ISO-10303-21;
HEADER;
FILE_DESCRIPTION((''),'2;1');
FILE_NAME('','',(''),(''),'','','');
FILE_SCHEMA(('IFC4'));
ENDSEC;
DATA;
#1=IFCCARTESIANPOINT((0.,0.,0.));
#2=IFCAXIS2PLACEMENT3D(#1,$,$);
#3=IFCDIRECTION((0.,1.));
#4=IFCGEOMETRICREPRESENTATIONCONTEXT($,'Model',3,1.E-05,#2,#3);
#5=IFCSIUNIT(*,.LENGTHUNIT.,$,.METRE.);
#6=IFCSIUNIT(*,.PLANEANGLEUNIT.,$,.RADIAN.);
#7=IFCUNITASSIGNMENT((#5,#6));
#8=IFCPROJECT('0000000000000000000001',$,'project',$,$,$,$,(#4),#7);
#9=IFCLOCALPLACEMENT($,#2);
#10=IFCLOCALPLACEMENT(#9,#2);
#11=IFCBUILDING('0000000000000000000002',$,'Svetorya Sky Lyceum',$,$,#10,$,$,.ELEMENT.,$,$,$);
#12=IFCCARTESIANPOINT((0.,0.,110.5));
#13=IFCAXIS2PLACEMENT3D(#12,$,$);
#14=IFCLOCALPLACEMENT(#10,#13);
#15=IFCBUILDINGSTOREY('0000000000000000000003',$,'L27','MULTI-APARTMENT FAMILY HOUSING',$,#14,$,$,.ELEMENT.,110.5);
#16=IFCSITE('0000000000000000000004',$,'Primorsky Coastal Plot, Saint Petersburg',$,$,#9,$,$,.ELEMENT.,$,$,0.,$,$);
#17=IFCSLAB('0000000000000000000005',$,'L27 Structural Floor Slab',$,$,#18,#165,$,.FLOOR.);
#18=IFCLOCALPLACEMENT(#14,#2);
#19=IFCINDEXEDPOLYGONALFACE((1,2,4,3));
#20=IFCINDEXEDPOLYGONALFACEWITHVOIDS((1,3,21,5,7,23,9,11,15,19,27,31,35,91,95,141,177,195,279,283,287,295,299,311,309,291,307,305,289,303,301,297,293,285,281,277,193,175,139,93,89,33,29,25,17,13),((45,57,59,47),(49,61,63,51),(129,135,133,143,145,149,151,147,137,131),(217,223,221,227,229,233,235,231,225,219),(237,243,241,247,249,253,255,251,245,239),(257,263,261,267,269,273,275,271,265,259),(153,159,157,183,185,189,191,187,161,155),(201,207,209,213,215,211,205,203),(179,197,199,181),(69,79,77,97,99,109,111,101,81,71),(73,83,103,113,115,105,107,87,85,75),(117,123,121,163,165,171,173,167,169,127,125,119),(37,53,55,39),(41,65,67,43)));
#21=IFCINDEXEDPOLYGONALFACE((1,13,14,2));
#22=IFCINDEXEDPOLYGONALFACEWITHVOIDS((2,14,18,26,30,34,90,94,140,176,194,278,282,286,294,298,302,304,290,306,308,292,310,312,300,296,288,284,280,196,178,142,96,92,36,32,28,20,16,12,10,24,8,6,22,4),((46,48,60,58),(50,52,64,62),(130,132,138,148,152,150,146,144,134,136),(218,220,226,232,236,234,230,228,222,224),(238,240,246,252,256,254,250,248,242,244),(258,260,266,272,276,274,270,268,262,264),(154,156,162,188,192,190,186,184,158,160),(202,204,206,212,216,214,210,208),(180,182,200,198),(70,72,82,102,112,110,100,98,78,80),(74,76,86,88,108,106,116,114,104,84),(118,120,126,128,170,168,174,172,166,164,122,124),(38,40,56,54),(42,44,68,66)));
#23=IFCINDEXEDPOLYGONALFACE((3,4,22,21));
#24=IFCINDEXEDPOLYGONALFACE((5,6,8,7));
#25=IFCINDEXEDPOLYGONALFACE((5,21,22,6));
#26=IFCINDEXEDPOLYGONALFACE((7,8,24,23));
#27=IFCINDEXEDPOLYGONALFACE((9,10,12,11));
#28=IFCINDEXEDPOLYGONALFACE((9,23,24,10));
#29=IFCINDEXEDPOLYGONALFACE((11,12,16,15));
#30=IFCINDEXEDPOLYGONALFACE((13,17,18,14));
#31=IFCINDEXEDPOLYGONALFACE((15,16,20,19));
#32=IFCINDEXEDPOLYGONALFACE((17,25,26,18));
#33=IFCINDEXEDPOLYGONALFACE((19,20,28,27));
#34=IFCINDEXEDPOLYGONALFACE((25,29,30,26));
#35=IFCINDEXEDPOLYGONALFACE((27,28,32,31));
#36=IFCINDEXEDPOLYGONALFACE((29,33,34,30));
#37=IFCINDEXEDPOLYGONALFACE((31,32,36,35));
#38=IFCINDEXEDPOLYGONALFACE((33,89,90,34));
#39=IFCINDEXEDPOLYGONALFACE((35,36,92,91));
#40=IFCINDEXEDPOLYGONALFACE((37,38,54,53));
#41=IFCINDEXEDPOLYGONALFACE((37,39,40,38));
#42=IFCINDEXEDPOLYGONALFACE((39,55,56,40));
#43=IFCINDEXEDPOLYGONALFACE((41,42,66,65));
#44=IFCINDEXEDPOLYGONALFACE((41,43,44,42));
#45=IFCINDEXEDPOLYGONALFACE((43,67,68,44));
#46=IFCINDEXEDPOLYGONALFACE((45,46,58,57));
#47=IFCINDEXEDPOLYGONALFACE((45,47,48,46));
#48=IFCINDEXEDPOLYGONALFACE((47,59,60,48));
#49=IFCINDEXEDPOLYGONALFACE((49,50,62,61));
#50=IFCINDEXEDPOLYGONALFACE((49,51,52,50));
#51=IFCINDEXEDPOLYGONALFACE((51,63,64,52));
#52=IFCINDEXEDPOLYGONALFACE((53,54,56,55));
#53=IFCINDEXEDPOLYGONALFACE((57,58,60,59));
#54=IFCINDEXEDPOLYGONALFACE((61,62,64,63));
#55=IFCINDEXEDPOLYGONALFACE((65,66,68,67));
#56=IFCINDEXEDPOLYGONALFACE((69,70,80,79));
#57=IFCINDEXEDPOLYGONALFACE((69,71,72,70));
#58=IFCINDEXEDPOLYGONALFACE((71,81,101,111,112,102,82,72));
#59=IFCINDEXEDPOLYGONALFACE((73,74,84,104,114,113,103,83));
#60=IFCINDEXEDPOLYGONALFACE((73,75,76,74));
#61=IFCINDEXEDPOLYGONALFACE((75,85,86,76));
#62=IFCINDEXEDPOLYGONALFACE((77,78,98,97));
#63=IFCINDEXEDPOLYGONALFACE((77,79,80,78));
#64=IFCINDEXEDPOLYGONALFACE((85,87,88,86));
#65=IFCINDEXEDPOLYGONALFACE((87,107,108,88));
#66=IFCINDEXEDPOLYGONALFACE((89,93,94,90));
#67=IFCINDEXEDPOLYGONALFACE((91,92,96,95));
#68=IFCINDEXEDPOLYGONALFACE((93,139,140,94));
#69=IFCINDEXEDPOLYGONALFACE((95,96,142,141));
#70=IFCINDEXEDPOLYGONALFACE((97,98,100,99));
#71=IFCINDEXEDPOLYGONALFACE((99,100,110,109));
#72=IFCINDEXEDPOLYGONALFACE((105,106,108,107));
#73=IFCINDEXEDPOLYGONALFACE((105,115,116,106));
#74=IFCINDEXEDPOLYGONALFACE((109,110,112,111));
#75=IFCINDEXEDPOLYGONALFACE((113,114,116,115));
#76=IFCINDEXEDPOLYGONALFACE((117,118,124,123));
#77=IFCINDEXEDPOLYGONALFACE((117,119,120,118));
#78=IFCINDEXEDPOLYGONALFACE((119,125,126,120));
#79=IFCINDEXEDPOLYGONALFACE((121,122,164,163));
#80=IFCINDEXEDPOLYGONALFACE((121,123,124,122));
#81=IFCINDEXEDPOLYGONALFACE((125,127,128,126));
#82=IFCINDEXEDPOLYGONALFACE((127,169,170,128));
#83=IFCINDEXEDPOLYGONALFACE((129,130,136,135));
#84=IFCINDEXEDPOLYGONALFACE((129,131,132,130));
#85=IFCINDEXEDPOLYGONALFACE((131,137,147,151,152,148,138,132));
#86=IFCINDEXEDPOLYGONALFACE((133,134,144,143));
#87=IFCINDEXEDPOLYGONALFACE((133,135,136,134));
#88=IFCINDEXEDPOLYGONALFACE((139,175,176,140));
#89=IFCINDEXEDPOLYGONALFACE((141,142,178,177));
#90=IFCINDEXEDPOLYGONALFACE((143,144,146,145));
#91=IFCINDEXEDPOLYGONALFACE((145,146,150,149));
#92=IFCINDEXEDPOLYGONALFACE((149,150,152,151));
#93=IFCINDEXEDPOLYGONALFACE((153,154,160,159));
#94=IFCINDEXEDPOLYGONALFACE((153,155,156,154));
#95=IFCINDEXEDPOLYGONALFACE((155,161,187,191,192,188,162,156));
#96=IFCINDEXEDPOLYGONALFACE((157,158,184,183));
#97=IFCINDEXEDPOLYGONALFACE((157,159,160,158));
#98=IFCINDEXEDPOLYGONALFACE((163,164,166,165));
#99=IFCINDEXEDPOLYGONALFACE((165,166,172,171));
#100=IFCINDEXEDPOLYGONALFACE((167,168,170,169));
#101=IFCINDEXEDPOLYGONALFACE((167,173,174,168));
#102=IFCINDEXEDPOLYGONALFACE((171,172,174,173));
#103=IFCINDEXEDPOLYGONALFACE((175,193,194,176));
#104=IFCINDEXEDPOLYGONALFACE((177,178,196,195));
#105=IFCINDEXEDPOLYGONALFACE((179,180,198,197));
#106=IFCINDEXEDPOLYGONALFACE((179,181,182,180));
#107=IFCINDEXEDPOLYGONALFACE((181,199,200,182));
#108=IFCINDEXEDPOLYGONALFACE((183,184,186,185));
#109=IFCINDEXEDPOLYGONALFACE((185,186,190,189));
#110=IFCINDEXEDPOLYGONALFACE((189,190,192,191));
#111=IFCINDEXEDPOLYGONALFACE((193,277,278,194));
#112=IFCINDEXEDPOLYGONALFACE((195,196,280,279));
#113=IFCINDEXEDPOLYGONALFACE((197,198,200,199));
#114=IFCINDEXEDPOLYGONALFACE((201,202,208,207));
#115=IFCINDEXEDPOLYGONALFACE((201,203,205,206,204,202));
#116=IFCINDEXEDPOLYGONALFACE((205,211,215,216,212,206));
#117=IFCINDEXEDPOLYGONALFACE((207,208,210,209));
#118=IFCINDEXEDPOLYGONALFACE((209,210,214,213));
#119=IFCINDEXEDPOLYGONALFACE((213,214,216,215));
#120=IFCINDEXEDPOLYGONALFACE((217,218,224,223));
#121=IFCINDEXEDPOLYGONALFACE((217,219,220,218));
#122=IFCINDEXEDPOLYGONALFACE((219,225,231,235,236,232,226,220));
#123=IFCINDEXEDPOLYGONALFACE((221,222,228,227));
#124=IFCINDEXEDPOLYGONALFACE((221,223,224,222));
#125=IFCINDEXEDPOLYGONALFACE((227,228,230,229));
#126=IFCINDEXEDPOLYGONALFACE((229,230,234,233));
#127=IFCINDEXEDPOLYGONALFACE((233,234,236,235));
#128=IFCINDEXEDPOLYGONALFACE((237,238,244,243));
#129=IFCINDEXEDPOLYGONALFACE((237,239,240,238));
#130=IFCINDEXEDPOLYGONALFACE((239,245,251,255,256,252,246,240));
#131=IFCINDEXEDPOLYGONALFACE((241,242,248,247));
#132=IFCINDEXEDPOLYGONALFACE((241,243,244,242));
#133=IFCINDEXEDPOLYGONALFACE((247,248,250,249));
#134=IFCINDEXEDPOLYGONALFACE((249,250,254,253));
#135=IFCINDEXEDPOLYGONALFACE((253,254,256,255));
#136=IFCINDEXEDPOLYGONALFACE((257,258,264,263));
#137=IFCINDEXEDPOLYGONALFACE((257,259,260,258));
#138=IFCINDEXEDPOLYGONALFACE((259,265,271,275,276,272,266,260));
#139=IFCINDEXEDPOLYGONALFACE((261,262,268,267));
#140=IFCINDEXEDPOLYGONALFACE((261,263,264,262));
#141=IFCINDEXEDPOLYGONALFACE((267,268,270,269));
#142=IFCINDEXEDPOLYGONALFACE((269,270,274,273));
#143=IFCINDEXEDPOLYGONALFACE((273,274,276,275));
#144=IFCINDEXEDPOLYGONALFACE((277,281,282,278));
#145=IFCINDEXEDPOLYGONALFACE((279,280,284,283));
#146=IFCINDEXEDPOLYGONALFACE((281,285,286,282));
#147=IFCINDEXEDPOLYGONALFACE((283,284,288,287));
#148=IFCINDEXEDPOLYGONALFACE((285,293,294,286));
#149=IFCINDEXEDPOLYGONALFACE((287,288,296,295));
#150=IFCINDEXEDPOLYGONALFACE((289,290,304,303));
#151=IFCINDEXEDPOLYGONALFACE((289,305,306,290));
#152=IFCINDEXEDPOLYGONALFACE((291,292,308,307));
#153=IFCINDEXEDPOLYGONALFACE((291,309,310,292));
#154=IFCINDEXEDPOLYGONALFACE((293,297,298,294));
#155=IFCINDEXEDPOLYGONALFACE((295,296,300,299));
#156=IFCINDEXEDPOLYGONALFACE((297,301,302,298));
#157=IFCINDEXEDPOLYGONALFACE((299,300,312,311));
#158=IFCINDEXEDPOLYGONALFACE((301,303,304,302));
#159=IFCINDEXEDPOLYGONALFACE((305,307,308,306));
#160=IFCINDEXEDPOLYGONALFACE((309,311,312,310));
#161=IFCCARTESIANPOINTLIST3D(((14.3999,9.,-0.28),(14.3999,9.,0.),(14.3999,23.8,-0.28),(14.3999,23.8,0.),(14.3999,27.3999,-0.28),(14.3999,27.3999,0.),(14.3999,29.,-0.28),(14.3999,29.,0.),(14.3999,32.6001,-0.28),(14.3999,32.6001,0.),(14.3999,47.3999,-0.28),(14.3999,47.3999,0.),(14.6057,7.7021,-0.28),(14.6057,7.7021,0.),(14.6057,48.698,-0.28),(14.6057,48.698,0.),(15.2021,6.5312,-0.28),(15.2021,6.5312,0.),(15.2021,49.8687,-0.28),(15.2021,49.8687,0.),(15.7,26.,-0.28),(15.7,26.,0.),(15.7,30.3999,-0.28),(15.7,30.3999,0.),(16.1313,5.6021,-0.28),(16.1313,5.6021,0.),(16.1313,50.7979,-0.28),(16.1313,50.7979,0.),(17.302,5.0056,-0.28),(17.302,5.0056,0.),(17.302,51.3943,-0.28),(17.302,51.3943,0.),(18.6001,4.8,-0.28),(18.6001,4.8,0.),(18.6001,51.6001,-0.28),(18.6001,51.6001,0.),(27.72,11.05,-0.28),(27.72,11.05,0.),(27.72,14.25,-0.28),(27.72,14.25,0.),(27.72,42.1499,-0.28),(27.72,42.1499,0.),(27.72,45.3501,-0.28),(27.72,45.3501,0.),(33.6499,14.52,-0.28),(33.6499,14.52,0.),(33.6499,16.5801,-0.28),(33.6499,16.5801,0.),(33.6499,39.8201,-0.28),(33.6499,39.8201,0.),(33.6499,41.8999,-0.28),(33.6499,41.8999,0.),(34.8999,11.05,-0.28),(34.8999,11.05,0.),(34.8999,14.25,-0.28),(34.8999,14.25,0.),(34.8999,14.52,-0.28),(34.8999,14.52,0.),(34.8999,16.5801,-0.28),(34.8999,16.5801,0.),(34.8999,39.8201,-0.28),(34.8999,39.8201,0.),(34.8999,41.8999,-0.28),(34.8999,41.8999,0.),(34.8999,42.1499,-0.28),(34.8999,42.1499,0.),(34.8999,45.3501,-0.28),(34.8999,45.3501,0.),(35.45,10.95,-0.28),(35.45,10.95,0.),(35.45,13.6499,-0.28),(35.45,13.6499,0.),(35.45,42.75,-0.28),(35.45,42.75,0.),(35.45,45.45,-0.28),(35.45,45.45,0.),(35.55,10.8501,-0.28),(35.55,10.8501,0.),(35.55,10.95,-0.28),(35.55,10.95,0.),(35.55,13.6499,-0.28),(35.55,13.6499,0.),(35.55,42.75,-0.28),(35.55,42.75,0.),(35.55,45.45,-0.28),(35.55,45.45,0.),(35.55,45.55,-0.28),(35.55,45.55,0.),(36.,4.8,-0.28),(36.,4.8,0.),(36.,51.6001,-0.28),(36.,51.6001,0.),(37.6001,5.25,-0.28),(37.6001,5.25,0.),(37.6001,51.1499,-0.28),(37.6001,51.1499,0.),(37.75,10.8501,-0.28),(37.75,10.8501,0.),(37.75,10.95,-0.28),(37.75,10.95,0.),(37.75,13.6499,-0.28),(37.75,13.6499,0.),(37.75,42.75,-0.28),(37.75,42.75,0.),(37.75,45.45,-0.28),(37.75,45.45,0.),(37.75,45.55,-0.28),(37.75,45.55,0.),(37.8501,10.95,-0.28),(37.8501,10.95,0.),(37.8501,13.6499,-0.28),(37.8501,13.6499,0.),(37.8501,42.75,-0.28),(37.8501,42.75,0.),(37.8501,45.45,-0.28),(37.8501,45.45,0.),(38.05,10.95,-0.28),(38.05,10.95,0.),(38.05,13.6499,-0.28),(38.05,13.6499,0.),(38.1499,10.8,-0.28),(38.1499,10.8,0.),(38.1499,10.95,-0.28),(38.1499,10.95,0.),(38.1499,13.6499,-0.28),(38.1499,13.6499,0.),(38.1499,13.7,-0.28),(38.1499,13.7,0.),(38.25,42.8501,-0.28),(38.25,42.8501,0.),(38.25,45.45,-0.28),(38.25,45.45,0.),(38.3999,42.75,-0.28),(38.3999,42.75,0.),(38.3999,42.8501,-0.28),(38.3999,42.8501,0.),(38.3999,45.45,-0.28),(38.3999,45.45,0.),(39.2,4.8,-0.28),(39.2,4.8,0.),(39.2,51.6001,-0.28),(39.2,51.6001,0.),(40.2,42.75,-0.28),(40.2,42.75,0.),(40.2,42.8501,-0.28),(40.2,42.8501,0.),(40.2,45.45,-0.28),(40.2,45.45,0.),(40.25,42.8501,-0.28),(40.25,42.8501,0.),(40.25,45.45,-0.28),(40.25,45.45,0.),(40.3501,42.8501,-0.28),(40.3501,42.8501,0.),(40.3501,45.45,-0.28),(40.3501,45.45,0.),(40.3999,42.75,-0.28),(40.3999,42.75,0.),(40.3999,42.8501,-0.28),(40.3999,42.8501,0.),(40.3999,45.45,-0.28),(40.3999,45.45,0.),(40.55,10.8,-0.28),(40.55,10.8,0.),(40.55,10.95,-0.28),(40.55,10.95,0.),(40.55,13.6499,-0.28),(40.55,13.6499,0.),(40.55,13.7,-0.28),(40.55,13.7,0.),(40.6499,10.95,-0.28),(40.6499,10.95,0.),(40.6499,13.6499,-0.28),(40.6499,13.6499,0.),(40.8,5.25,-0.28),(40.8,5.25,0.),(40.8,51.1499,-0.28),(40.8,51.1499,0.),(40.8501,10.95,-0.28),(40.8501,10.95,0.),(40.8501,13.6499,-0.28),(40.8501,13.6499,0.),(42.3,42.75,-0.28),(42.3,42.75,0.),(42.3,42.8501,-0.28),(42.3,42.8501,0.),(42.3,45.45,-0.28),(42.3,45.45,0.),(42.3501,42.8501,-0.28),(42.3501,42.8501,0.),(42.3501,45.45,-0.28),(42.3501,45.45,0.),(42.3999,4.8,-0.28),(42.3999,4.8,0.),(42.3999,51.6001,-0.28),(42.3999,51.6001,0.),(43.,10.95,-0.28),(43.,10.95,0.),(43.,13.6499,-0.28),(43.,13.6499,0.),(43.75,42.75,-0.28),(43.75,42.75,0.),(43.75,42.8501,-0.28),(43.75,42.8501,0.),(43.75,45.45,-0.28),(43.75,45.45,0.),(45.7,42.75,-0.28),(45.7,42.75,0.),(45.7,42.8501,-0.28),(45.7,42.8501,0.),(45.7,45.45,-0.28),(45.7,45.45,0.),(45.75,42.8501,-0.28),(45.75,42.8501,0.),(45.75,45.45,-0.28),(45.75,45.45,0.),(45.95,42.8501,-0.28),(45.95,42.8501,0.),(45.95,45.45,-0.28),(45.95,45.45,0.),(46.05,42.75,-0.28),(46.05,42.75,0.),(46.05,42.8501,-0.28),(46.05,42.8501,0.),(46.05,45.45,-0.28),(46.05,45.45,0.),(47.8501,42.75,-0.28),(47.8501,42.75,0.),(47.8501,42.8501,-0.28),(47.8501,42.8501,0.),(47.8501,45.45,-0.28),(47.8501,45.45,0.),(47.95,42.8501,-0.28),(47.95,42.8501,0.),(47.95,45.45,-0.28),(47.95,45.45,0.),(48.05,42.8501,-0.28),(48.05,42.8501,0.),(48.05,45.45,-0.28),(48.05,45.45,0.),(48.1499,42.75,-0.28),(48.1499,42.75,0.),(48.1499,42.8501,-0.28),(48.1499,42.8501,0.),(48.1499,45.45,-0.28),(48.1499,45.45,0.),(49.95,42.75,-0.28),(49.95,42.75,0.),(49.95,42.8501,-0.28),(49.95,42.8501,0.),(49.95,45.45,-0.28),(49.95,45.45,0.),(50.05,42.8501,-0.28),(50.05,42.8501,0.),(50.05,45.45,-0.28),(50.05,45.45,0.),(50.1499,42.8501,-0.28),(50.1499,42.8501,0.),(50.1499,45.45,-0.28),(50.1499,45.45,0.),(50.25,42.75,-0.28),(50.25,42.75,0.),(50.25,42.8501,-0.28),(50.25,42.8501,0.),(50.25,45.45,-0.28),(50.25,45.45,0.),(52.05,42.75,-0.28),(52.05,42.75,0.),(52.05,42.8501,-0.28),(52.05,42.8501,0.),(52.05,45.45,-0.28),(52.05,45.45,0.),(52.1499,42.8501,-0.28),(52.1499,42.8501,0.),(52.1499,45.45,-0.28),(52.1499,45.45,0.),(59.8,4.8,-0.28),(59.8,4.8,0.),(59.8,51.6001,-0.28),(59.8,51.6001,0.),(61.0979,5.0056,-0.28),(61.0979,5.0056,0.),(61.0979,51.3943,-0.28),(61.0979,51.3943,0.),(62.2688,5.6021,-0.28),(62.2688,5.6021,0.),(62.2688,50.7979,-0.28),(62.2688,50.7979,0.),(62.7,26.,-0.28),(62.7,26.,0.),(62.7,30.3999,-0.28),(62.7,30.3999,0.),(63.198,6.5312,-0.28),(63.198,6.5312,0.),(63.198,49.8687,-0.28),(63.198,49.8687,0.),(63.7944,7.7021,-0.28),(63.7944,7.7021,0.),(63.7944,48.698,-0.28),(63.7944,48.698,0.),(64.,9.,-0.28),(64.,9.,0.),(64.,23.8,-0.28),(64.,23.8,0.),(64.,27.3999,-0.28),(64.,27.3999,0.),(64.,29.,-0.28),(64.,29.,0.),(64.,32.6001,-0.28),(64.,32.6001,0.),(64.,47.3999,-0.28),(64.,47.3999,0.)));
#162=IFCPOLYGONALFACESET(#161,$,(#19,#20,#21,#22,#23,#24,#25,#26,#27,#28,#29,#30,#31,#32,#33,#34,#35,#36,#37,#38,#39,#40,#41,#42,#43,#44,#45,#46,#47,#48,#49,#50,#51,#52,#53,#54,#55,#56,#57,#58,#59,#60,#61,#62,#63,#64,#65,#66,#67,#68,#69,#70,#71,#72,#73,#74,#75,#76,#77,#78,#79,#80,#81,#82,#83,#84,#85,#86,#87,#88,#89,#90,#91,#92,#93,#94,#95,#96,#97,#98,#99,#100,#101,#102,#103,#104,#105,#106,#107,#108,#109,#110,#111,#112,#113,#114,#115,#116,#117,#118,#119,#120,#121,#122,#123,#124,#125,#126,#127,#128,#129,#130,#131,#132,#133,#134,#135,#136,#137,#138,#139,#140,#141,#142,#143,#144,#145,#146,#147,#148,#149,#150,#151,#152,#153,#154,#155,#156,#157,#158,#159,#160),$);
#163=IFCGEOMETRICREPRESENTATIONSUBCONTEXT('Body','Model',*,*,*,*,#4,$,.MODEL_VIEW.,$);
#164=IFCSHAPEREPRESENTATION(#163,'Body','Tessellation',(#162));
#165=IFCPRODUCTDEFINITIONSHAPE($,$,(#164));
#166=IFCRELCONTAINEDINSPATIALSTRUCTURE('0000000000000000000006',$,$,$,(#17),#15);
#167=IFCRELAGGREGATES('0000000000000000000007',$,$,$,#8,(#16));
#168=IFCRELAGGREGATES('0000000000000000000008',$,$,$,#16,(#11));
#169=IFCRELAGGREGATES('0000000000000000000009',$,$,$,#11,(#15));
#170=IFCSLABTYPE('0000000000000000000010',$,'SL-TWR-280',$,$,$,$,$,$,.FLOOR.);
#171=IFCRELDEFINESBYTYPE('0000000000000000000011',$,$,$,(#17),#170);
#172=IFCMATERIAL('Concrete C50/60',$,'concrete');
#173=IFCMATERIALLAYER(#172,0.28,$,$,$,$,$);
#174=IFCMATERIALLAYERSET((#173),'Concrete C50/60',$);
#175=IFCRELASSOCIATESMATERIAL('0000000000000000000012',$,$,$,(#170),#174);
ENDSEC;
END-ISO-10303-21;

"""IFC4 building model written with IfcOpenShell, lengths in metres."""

from ifc_helpers import new_model, si_unit, direction, frame, origin, place, context, subcontext, project, spatial, polyline, outline, extrude, material, layer, layer_set, type_object, element, save


model = new_model("IFC4")

# Units and contexts
model_context = context("Model", 3, precision=1e-05, world=origin(), true_north=direction((0.0, 1.0)))
body_context = subcontext(model_context, "Body", "Model", "MODEL_VIEW")
ifc_project = project(units=[si_unit("LENGTHUNIT", "METRE"), si_unit("PLANEANGLEUNIT", "RADIAN")], contexts=[model_context])

# Site, building, storey
site_placement = place(None, origin())
site = spatial("IfcSite", under=ifc_project, at=site_placement, Name="Primorsky Coastal Plot, Saint Petersburg", CompositionType="ELEMENT", RefElevation=0.0)
building_placement = place(site_placement, origin())
building = spatial("IfcBuilding", under=site, at=building_placement, Name="Svetorya Sky Lyceum", CompositionType="ELEMENT")
storey_placement = place(building_placement, frame((0.0, 0.0, 110.5)))
storey = spatial("IfcBuildingStorey", under=building, at=storey_placement, Name="L27", Description="MULTI-APARTMENT FAMILY HOUSING", CompositionType="ELEMENT", Elevation=110.5)

# Shared definitions
ifc_material_1 = material(Name="Concrete C50/60", Category="concrete")

# Slab
ifc_layer_1 = layer(ifc_material_1, 0.28)
ifc_layer_set_1 = layer_set([ifc_layer_1], Name="Concrete C50/60")
slab_type_1 = type_object("IfcSlabType", Name="SL-TWR-280", PredefinedType="FLOOR", material=ifc_layer_set_1)
slab_1_placement = place(storey_placement, frame((0.0, 0.0, -0.28)))
element("IfcSlab", 1, at=slab_1_placement, inside=storey, type_object=slab_type_1, Name="L27 Structural Floor Slab", PredefinedType="FLOOR", context=body_context, shape_type="SweptSolid", body=[
    extrude(outline(polyline([(14.3999, 9.0), (14.6057, 7.7021), (15.2021, 6.5312), (16.1313, 5.6021), (17.302, 5.0056), (18.6001, 4.8), (36.0, 4.8), (37.6001, 5.25), (39.2, 4.8), (40.8, 5.25), (42.3999, 4.8), (59.8, 4.8), (61.0979, 5.0056), (62.2688, 5.6021), (63.198, 6.5312), (63.7944, 7.7021), (64.0, 9.0), (64.0, 23.8), (62.7, 26.0), (64.0, 27.3999), (64.0, 29.0), (62.7, 30.3999), (64.0, 32.6001), (64.0, 47.3999), (63.7944, 48.698), (63.198, 49.8687), (62.2688, 50.7979), (61.0979, 51.3943), (59.8, 51.6001), (42.3999, 51.6001), (40.8, 51.1499), (39.2, 51.6001), (37.6001, 51.1499), (36.0, 51.6001), (18.6001, 51.6001), (17.302, 51.3943), (16.1313, 50.7979), (15.2021, 49.8687), (14.6057, 48.698), (14.3999, 47.3999), (14.3999, 32.6001), (15.7, 30.3999), (14.3999, 29.0), (14.3999, 27.3999), (15.7, 26.0), (14.3999, 23.8), (14.3999, 9.0)]), holes=[polyline([(37.8501, 10.95), (37.75, 10.95), (37.75, 10.8501), (35.55, 10.8501), (35.55, 10.95), (35.45, 10.95), (35.45, 13.6499), (35.55, 13.6499), (37.75, 13.6499), (37.8501, 13.6499), (37.8501, 10.95)]), polyline([(40.6499, 13.6499), (40.6499, 10.95), (40.55, 10.95), (40.55, 10.8), (38.1499, 10.8), (38.1499, 10.95), (38.05, 10.95), (38.05, 13.6499), (38.1499, 13.6499), (38.1499, 13.7), (40.55, 13.7), (40.55, 13.6499), (40.6499, 13.6499)]), polyline([(27.72, 14.25), (34.8999, 14.25), (34.8999, 11.05), (27.72, 11.05), (27.72, 14.25)]), polyline([(33.6499, 14.52), (33.6499, 16.5801), (34.8999, 16.5801), (34.8999, 14.52), (33.6499, 14.52)]), polyline([(33.6499, 41.8999), (34.8999, 41.8999), (34.8999, 39.8201), (33.6499, 39.8201), (33.6499, 41.8999)]), polyline([(27.72, 45.3501), (34.8999, 45.3501), (34.8999, 42.1499), (27.72, 42.1499), (27.72, 45.3501)]), polyline([(37.75, 45.55), (37.75, 45.45), (37.8501, 45.45), (37.8501, 42.75), (37.75, 42.75), (35.55, 42.75), (35.45, 42.75), (35.45, 45.45), (35.55, 45.45), (35.55, 45.55), (37.75, 45.55)]), polyline([(38.3999, 42.8501), (38.25, 42.8501), (38.25, 45.45), (38.3999, 45.45), (40.2, 45.45), (40.25, 45.45), (40.25, 42.8501), (40.2, 42.8501), (40.2, 42.75), (38.3999, 42.75), (38.3999, 42.8501)]), polyline([(40.8501, 13.6499), (43.0, 13.6499), (43.0, 10.95), (40.8501, 10.95), (40.8501, 13.6499)]), polyline([(40.3999, 42.8501), (40.3501, 42.8501), (40.3501, 45.45), (40.3999, 45.45), (42.3, 45.45), (42.3501, 45.45), (42.3501, 42.8501), (42.3, 42.8501), (42.3, 42.75), (40.3999, 42.75), (40.3999, 42.8501)]), polyline([(43.75, 42.75), (43.75, 42.8501), (43.75, 45.45), (45.7, 45.45), (45.75, 45.45), (45.75, 42.8501), (45.7, 42.8501), (45.7, 42.75), (43.75, 42.75)]), polyline([(46.05, 42.8501), (45.95, 42.8501), (45.95, 45.45), (46.05, 45.45), (47.8501, 45.45), (47.95, 45.45), (47.95, 42.8501), (47.8501, 42.8501), (47.8501, 42.75), (46.05, 42.75), (46.05, 42.8501)]), polyline([(48.1499, 42.8501), (48.05, 42.8501), (48.05, 45.45), (48.1499, 45.45), (49.95, 45.45), (50.05, 45.45), (50.05, 42.8501), (49.95, 42.8501), (49.95, 42.75), (48.1499, 42.75), (48.1499, 42.8501)]), polyline([(52.1499, 42.8501), (52.05, 42.8501), (52.05, 42.75), (50.25, 42.75), (50.25, 42.8501), (50.1499, 42.8501), (50.1499, 45.45), (50.25, 45.45), (52.05, 45.45), (52.1499, 45.45), (52.1499, 42.8501)])]), origin(), (0.0, 0.0, 1.0), 0.28),
])

save(model, "model.ifc")
